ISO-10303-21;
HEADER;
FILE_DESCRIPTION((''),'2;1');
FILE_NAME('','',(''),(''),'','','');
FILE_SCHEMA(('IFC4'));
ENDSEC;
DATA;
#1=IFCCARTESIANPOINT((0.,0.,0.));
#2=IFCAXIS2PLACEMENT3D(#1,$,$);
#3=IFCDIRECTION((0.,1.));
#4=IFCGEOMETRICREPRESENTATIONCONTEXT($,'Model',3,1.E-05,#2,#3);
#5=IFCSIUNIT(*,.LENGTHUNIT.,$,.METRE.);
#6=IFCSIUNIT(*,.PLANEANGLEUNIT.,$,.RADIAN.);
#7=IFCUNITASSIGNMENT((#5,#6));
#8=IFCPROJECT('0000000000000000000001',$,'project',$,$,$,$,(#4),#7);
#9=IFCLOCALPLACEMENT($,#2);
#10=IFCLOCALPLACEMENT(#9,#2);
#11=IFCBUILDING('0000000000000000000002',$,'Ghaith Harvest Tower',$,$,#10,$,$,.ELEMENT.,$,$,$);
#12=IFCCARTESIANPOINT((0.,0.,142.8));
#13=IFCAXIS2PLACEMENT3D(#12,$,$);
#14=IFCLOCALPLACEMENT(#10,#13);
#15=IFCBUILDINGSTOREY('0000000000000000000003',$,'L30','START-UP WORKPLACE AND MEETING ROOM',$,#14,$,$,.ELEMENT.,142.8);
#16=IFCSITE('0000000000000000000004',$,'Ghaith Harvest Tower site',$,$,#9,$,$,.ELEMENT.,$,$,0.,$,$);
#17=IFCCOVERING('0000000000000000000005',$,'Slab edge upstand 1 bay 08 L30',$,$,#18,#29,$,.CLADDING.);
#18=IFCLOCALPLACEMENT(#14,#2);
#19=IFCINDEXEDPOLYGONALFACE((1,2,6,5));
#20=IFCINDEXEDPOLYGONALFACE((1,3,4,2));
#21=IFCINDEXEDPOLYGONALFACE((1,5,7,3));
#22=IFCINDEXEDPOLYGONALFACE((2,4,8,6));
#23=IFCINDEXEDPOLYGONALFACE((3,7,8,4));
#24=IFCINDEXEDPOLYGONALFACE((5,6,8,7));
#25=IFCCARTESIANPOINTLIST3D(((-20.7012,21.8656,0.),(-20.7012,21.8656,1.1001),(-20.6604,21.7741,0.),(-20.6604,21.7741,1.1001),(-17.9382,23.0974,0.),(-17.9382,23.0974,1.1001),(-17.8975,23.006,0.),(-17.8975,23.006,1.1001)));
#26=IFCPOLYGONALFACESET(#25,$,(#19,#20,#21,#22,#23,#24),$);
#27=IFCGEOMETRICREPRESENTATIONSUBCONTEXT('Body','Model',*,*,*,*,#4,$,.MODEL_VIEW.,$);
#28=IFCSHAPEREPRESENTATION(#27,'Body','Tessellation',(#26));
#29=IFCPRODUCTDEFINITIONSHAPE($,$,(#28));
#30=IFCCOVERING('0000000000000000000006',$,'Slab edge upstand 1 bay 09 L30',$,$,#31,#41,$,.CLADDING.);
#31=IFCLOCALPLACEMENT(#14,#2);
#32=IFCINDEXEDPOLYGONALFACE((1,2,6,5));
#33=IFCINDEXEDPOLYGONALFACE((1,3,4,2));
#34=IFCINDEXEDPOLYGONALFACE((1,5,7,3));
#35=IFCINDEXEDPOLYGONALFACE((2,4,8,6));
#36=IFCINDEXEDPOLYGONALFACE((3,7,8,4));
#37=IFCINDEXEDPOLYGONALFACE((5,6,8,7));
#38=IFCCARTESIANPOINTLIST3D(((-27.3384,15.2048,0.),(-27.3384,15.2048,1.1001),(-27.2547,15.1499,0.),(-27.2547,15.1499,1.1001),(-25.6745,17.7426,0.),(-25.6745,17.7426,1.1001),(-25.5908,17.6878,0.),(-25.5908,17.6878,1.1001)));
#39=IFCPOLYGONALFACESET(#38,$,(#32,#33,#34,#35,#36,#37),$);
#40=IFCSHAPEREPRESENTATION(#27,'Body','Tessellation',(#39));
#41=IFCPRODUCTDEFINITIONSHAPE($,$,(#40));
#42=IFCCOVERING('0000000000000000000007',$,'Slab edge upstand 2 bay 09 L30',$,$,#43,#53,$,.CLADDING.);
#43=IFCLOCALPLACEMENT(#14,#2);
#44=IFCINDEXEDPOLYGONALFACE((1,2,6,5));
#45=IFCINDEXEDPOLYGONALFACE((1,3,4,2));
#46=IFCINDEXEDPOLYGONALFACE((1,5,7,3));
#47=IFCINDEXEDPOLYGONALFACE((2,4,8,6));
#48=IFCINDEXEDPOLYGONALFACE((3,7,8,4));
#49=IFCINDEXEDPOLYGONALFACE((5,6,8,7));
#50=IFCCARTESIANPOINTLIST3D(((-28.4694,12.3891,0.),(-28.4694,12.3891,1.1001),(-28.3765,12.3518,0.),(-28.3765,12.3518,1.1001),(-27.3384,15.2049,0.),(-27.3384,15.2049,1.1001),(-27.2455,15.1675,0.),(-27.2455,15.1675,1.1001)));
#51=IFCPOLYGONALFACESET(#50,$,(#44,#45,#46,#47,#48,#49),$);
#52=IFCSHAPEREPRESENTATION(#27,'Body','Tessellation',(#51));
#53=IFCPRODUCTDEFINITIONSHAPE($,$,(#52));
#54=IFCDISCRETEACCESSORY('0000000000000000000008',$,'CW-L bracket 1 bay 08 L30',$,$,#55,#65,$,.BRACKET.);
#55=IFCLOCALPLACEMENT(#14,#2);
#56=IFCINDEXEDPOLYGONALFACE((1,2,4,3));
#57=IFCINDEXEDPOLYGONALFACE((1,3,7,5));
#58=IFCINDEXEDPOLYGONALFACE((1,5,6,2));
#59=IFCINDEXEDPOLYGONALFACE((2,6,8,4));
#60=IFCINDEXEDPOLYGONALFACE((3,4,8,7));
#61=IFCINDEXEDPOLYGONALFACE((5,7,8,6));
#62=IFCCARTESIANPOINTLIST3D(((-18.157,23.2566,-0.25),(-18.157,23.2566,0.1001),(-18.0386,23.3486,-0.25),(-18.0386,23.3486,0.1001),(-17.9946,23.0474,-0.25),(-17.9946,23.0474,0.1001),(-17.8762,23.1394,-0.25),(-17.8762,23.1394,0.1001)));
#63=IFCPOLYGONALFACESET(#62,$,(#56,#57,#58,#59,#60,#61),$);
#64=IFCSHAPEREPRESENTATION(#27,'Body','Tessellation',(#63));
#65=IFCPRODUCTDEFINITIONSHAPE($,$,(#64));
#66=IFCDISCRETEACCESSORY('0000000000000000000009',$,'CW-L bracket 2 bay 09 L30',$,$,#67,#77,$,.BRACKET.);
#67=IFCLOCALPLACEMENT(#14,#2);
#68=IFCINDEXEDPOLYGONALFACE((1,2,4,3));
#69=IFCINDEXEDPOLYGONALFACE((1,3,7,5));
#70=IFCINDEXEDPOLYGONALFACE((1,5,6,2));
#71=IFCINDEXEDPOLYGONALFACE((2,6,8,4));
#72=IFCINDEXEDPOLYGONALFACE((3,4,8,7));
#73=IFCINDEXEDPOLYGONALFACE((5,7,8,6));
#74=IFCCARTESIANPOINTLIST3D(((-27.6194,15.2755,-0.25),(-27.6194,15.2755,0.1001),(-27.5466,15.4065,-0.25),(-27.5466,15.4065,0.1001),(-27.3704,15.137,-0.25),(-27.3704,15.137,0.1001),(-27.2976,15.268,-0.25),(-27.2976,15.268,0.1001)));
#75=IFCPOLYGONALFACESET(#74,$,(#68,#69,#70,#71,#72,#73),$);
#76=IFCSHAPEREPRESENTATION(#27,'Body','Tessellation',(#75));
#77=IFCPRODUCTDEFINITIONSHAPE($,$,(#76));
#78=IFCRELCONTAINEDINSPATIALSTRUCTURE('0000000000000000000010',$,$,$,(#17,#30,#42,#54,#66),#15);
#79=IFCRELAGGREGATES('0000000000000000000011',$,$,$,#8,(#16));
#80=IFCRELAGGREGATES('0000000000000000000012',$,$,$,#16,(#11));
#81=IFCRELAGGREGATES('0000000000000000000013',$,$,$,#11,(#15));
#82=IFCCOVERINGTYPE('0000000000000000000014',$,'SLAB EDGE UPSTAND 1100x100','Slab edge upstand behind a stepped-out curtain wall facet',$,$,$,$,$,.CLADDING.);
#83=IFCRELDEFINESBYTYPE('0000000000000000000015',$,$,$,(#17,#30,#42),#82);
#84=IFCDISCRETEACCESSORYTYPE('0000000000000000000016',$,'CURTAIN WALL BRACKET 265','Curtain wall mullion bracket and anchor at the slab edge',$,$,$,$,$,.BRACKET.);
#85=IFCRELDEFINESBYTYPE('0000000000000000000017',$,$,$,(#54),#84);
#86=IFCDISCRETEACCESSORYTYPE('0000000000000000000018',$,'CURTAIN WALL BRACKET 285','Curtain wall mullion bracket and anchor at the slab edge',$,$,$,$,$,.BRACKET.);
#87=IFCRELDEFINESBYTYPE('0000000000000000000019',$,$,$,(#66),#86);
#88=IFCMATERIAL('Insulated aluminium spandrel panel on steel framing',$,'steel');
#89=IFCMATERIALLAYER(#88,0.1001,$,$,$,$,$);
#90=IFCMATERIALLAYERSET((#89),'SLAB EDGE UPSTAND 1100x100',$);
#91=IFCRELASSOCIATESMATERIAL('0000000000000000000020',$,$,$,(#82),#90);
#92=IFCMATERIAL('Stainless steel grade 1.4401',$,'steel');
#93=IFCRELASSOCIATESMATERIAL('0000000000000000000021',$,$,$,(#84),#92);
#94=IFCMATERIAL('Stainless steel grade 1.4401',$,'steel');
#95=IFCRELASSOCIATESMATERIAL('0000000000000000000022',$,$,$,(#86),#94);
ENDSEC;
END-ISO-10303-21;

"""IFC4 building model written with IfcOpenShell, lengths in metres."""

from ifc_helpers import new_model, si_unit, direction, frame, origin, origin_2d, place, context, subcontext, project, spatial, rectangle, extrude, material, layer, layer_set, type_object, element, save


model = new_model("IFC4")

# Units and contexts
model_context = context("Model", 3, precision=1e-05, world=origin(), true_north=direction((0.0, 1.0)))
body_context = subcontext(model_context, "Body", "Model", "MODEL_VIEW")
ifc_project = project(units=[si_unit("LENGTHUNIT", "METRE"), si_unit("PLANEANGLEUNIT", "RADIAN")], contexts=[model_context])

# Site, building, storey
site_placement = place(None, origin())
site = spatial("IfcSite", under=ifc_project, at=site_placement, Name="Ghaith Harvest Tower site", CompositionType="ELEMENT", RefElevation=0.0)
building_placement = place(site_placement, origin())
building = spatial("IfcBuilding", under=site, at=building_placement, Name="Ghaith Harvest Tower", CompositionType="ELEMENT")
storey_placement = place(building_placement, frame((0.0, 0.0, 142.8)))
storey = spatial("IfcBuildingStorey", under=building, at=storey_placement, Name="L30", Description="START-UP WORKPLACE AND MEETING ROOM", CompositionType="ELEMENT", Elevation=142.8)

# Coverings
ifc_material_1 = material(Name="Insulated aluminium spandrel panel on steel framing", Category="steel")
ifc_layer_1 = layer(ifc_material_1, 0.1001)
ifc_layer_set_1 = layer_set([ifc_layer_1], Name="SLAB EDGE UPSTAND 1100x100")
covering_type = type_object("IfcCoveringType", Name="SLAB EDGE UPSTAND 1100x100", Description="Slab edge upstand behind a stepped-out curtain wall facet", PredefinedType="CLADDING", material=ifc_layer_set_1)
covering_1_placement = place(storey_placement, frame((-19.2993, 22.4358, 0.0), z_axis=(0.0, 0.0, 1.0), x_axis=(-0.913335, -0.40721, 0.0)))
element("IfcCovering", 1, at=covering_1_placement, inside=storey, type_object=covering_type, Name="Slab edge upstand 1 bay 08 L30", PredefinedType="CLADDING", context=body_context, shape_type="SweptSolid", body=[
    extrude(rectangle(XDim=3.0251, YDim=0.1001, at=origin_2d()), origin(), (0.0, 0.0, 1.0), 1.1001),
])
covering_2_placement = place(storey_placement, frame((-26.4646, 16.4463, 0.0), z_axis=(0.0, 0.0, 1.0), x_axis=(-0.548312, -0.836274, 0.0)))
element("IfcCovering", 2, at=covering_2_placement, inside=storey, type_object=covering_type, Name="Slab edge upstand 1 bay 09 L30", PredefinedType="CLADDING", context=body_context, shape_type="SweptSolid", body=[
    extrude(rectangle(XDim=3.0347, YDim=0.1001, at=origin_2d()), origin(), (0.0, 0.0, 1.0), 1.1001),
])
covering_3_placement = place(storey_placement, frame((-27.8574, 13.7783, 0.0), z_axis=(0.0, 0.0, 1.0), x_axis=(-0.372732, -0.927939, 0.0)))
element("IfcCovering", 3, at=covering_3_placement, inside=storey, type_object=covering_type, Name="Slab edge upstand 2 bay 09 L30", PredefinedType="CLADDING", context=body_context, shape_type="SweptSolid", body=[
    extrude(rectangle(XDim=3.0344, YDim=0.1001, at=origin_2d()), origin(), (0.0, 0.0, 1.0), 1.1001),
])

# Discrete accessories
ifc_material_2 = material(Name="Stainless steel grade 1.4401", Category="steel")
discrete_accessory_type_1 = type_object("IfcDiscreteAccessoryType", Name="CURTAIN WALL BRACKET 265", Description="Curtain wall mullion bracket and anchor at the slab edge", PredefinedType="BRACKET", material=ifc_material_2)
discrete_accessory_1_placement = place(storey_placement, frame((-18.0166, 23.198, -0.25), z_axis=(0.0, 0.0, 1.0), x_axis=(-0.613378, 0.78979, 0.0)))
element("IfcDiscreteAccessory", 4, at=discrete_accessory_1_placement, inside=storey, type_object=discrete_accessory_type_1, Name="CW-L bracket 1 bay 08 L30", PredefinedType="BRACKET", context=body_context, shape_type="SweptSolid", body=[
    extrude(rectangle(XDim=0.2649, YDim=0.1499, at=origin_2d()), origin(), (0.0, 0.0, 1.0), 0.3501),
])
ifc_material_3 = material(Name="Stainless steel grade 1.4401", Category="steel")
discrete_accessory_type_2 = type_object("IfcDiscreteAccessoryType", Name="CURTAIN WALL BRACKET 285", Description="Curtain wall mullion bracket and anchor at the slab edge", PredefinedType="BRACKET", material=ifc_material_3)
discrete_accessory_2_placement = place(storey_placement, frame((-27.4585, 15.2717, -0.25), z_axis=(0.0, 0.0, 1.0), x_axis=(-0.873927, 0.486057, 0.0)))
element("IfcDiscreteAccessory", 5, at=discrete_accessory_2_placement, inside=storey, type_object=discrete_accessory_type_2, Name="CW-L bracket 2 bay 09 L30", PredefinedType="BRACKET", context=body_context, shape_type="SweptSolid", body=[
    extrude(rectangle(XDim=0.2849, YDim=0.1499, at=origin_2d()), origin(), (0.0, 0.0, 1.0), 0.3501),
])

save(model, "model.ifc")
